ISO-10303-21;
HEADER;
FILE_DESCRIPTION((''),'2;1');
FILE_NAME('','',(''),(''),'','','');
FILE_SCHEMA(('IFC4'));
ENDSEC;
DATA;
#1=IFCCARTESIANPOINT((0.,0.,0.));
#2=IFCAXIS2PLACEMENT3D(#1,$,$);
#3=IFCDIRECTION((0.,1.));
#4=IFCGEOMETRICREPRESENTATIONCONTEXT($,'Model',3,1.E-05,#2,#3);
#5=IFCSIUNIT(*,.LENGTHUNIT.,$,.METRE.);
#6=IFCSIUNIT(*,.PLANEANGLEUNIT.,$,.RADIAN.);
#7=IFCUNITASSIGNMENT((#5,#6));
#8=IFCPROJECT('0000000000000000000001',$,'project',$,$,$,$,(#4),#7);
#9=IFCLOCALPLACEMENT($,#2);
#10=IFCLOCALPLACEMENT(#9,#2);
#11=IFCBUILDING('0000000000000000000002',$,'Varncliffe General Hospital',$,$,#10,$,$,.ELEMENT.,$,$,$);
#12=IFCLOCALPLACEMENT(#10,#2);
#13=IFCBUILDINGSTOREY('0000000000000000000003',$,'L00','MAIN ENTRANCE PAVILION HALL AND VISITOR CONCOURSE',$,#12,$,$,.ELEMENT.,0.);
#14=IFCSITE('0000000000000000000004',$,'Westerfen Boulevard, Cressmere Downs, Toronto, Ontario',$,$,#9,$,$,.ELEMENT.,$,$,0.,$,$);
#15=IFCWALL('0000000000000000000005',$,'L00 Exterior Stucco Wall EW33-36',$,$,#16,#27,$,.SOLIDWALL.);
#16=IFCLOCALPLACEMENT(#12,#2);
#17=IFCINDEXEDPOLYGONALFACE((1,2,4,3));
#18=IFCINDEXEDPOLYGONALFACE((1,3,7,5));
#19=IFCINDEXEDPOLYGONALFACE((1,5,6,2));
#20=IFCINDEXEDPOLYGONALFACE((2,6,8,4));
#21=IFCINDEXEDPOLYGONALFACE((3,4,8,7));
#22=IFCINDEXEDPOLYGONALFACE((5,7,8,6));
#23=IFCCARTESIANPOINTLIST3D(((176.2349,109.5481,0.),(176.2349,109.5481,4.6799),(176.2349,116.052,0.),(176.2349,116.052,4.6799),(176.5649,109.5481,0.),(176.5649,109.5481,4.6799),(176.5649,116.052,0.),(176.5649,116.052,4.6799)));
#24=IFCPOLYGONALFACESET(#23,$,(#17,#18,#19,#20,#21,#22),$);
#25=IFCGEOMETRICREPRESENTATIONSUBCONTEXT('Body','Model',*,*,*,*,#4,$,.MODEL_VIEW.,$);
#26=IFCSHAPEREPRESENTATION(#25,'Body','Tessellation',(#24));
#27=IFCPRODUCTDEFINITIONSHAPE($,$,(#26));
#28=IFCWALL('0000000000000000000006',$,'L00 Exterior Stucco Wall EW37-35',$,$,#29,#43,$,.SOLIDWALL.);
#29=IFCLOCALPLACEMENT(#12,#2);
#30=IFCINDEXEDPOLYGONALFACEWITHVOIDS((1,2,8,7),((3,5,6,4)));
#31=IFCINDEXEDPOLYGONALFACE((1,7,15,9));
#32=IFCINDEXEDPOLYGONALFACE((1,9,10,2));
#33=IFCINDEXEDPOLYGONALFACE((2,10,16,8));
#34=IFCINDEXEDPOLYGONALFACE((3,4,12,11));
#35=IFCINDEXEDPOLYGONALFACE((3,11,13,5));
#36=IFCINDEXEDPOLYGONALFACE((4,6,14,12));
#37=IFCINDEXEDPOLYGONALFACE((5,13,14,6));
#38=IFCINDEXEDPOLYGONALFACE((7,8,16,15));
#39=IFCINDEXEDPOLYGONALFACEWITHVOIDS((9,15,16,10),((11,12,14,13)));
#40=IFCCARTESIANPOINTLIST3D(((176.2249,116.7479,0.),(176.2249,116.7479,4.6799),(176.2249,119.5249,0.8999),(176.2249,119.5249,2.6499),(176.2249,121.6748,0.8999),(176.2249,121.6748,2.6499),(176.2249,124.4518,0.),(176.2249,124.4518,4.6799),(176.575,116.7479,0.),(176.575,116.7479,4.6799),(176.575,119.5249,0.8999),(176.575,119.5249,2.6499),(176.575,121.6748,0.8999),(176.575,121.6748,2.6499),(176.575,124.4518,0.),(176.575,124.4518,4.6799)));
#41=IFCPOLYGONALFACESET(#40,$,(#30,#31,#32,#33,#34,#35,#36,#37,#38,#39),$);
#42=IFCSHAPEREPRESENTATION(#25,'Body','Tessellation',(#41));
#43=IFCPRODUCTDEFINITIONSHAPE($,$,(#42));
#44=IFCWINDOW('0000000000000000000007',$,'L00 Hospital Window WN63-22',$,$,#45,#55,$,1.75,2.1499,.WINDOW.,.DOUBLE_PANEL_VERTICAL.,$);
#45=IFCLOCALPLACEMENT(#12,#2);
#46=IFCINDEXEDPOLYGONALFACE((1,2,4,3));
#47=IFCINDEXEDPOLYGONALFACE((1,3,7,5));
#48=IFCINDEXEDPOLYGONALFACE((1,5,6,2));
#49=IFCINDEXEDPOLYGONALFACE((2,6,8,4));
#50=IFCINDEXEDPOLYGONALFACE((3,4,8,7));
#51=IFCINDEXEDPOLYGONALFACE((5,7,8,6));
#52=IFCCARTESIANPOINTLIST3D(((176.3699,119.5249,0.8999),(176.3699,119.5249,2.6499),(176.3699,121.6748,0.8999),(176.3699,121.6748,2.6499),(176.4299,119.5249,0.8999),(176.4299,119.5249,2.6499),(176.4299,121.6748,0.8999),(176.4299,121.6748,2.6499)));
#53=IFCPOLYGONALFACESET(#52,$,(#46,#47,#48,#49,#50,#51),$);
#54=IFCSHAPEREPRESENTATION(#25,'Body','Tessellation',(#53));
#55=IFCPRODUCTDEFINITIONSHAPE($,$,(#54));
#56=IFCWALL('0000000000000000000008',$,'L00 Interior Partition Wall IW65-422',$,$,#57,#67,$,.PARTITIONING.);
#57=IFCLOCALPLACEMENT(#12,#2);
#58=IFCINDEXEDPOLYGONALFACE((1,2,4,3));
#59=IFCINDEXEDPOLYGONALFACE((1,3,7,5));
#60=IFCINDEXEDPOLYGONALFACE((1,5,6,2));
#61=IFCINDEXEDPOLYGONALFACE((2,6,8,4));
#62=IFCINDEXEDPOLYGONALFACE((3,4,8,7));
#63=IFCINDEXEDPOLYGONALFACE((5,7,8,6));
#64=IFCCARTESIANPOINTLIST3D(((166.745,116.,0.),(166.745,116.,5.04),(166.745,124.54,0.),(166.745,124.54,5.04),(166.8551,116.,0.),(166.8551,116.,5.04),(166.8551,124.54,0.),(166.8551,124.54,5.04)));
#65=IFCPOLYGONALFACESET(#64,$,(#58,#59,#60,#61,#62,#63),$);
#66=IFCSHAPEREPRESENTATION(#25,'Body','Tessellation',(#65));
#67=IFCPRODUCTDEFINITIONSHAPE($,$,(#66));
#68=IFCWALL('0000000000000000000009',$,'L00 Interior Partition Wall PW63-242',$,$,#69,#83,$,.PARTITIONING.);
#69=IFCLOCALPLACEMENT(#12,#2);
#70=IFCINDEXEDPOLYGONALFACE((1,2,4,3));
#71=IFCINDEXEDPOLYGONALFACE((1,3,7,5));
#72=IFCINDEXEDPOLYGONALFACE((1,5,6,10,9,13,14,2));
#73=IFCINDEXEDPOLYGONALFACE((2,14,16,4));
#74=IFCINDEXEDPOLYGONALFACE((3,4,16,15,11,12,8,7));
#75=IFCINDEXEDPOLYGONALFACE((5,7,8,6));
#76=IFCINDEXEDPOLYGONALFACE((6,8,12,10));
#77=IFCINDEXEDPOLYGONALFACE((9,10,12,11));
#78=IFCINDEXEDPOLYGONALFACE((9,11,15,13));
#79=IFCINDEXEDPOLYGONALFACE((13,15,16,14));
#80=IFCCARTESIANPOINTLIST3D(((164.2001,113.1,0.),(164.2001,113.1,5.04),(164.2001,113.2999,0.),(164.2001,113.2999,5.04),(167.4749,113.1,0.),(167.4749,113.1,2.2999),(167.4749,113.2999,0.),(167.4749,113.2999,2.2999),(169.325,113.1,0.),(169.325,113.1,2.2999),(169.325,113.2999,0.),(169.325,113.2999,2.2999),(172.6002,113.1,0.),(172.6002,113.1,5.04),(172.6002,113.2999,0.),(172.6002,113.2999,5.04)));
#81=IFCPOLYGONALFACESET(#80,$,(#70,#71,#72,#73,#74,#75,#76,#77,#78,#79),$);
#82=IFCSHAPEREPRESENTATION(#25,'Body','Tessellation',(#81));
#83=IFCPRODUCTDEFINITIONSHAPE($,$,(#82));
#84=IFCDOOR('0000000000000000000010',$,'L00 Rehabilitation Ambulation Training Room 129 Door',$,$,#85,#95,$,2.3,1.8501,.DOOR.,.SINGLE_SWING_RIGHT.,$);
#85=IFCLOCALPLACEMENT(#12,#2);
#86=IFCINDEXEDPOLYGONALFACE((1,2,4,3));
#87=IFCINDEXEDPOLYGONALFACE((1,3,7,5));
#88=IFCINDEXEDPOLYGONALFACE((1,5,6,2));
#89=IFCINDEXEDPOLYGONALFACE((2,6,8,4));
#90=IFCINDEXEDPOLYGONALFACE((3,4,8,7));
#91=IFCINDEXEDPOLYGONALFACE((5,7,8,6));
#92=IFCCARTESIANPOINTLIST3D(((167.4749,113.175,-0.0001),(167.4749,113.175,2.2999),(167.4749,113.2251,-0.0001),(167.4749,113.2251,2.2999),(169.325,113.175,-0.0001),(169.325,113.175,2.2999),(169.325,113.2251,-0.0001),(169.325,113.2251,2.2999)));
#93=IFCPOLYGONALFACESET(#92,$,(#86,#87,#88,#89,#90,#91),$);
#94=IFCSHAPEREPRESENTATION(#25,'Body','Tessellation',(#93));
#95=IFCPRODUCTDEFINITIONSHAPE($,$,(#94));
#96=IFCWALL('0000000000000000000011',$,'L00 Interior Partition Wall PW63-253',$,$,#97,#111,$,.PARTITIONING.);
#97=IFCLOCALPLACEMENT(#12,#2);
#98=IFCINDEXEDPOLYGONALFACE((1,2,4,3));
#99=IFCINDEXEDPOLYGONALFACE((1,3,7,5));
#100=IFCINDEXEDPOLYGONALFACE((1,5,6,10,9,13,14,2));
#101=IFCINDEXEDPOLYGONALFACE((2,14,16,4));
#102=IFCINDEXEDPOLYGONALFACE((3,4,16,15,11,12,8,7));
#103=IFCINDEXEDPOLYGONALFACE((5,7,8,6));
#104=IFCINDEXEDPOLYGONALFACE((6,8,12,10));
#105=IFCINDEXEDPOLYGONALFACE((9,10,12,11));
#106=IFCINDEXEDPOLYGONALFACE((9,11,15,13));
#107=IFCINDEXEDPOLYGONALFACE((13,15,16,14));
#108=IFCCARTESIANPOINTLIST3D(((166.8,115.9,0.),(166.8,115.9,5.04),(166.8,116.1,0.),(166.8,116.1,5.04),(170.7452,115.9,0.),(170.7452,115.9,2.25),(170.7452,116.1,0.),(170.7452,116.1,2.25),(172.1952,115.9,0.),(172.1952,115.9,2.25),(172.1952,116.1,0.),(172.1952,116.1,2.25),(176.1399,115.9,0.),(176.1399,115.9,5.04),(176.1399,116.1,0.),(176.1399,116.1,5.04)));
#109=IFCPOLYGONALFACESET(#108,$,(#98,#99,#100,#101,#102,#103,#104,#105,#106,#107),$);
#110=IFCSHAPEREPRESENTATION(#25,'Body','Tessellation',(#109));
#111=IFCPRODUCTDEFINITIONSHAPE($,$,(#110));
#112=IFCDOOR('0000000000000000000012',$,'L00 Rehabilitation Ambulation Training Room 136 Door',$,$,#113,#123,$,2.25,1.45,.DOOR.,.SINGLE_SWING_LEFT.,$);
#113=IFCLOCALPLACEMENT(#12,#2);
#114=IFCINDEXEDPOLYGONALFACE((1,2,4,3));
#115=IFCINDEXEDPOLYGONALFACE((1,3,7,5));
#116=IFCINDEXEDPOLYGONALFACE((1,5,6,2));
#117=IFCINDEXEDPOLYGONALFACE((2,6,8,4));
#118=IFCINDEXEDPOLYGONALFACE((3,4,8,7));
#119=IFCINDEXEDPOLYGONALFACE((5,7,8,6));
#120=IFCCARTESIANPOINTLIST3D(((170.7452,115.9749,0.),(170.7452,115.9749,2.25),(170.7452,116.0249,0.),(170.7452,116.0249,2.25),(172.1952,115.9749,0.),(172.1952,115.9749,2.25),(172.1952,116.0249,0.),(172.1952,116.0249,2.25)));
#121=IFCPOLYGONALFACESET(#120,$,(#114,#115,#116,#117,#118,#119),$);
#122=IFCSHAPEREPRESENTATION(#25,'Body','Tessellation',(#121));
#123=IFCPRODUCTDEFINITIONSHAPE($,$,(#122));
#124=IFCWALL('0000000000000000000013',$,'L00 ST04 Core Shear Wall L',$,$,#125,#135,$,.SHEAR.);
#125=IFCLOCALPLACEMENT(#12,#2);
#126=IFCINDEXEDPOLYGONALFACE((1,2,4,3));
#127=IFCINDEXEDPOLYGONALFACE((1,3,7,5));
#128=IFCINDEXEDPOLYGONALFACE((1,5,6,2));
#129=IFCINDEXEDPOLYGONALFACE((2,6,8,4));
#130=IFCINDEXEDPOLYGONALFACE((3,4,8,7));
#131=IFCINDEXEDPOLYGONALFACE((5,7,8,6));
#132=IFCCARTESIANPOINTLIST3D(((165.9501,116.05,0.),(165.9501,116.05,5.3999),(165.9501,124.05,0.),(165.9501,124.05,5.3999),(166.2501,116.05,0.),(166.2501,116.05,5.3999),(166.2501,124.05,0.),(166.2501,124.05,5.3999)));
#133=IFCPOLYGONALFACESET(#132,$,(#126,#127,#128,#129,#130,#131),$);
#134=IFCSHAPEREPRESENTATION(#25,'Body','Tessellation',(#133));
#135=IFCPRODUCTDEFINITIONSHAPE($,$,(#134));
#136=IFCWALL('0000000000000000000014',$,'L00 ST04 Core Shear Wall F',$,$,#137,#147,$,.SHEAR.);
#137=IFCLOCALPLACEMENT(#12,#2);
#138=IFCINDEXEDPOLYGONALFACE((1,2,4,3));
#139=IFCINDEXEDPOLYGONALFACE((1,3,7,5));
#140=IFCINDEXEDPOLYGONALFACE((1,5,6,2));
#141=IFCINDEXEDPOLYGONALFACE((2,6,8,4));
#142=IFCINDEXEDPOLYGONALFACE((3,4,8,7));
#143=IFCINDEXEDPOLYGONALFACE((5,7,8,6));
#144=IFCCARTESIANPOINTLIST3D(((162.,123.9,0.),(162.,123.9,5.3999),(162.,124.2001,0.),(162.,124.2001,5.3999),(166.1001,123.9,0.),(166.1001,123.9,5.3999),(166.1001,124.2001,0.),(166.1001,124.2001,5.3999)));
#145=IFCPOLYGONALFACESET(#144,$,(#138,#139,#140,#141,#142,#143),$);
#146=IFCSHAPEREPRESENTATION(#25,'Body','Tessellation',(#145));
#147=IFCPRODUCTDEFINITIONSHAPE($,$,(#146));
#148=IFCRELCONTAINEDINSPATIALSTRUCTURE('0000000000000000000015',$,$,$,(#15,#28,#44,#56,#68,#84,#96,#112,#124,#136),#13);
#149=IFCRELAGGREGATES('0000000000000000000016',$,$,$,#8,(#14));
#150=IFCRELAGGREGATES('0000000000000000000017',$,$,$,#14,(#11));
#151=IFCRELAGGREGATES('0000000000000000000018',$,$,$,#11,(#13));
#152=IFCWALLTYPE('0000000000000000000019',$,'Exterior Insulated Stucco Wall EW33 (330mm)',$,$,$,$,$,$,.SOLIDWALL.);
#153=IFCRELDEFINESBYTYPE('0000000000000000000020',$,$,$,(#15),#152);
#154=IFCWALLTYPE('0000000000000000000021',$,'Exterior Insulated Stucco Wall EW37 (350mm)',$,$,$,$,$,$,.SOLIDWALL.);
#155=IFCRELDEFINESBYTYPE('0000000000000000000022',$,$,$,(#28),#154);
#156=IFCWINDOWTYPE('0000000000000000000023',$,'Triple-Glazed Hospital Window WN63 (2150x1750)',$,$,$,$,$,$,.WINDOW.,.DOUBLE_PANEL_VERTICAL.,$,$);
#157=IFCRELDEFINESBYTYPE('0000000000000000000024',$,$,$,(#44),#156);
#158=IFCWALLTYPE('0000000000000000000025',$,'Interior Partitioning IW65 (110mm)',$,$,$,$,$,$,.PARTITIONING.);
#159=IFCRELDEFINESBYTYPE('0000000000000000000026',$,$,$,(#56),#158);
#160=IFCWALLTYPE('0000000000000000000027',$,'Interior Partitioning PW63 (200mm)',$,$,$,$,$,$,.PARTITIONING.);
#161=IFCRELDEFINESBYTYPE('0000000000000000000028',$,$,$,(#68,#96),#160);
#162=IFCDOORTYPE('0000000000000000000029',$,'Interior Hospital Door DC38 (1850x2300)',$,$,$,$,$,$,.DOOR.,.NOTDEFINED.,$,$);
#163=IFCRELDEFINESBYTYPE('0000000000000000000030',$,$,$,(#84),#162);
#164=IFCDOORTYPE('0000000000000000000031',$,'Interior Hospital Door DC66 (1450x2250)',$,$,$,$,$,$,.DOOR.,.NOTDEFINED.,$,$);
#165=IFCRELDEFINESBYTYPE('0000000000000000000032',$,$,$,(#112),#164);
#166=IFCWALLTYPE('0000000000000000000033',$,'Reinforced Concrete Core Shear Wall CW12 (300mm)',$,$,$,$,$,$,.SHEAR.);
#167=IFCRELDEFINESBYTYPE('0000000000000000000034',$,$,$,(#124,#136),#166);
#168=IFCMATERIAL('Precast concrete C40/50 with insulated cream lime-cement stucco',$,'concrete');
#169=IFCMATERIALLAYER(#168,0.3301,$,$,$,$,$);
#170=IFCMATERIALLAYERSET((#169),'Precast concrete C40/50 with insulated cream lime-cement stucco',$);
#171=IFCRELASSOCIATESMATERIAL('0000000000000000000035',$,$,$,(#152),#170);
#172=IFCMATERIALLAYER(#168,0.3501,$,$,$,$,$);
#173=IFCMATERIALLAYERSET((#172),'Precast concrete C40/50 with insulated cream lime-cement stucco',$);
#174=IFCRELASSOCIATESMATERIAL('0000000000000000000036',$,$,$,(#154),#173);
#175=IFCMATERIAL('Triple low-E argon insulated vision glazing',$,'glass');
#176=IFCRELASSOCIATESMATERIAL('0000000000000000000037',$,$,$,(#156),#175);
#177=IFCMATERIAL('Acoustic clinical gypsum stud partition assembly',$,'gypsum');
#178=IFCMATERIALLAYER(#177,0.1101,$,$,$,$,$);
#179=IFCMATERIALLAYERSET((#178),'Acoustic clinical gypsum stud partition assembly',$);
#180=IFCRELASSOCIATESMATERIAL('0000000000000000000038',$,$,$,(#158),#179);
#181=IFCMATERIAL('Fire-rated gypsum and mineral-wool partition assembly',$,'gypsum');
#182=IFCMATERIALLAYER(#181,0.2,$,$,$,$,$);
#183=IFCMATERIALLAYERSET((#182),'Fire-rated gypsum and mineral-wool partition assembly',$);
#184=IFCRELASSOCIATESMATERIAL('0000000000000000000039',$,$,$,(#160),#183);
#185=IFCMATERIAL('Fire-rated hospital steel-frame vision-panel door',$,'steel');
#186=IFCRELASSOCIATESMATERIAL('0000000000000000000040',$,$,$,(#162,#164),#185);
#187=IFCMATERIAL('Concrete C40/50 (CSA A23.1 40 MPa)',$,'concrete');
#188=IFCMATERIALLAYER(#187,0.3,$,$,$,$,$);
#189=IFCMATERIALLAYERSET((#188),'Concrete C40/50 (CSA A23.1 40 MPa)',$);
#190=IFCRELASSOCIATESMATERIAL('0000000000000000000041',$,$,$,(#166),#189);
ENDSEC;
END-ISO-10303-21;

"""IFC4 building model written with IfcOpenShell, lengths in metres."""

from ifc_helpers import new_model, si_unit, direction, frame, frame_2d, origin, place, context, subcontext, project, spatial, rectangle, extrude, material, layer, layer_set, type_object, element, fill, save


model = new_model("IFC4")

# Units and contexts
model_context = context("Model", 3, precision=1e-05, world=origin(), true_north=direction((0.0, 1.0)))
body_context = subcontext(model_context, "Body", "Model", "MODEL_VIEW")
ifc_project = project(units=[si_unit("LENGTHUNIT", "METRE"), si_unit("PLANEANGLEUNIT", "RADIAN")], contexts=[model_context])

# Site, building, storey
site_placement = place(None, origin())
site = spatial("IfcSite", under=ifc_project, at=site_placement, Name="Westerfen Boulevard, Cressmere Downs, Toronto, Ontario", CompositionType="ELEMENT", RefElevation=0.0)
building_placement = place(site_placement, origin())
building = spatial("IfcBuilding", under=site, at=building_placement, Name="Varncliffe General Hospital", CompositionType="ELEMENT")
storey_placement = place(building_placement, origin())
storey = spatial("IfcBuildingStorey", under=building, at=storey_placement, Name="L00", Description="MAIN ENTRANCE PAVILION HALL AND VISITOR CONCOURSE", CompositionType="ELEMENT", Elevation=0.0)

# Shared definitions
ifc_material_1 = material(Name="Concrete C40/50 (CSA A23.1 40 MPa)", Category="concrete")

# Shared definitions
ifc_material_2 = material(Name="Precast concrete C40/50 with insulated cream lime-cement stucco", Category="concrete")
ifc_material_3 = material(Name="Triple low-E argon insulated vision glazing", Category="glass")

# Wall
ifc_layer_1 = layer(ifc_material_2, 0.3301)
ifc_layer_set_1 = layer_set([ifc_layer_1], Name="Precast concrete C40/50 with insulated cream lime-cement stucco")
wall_type_1 = type_object("IfcWallType", Name="Exterior Insulated Stucco Wall EW33 (330mm)", PredefinedType="SOLIDWALL", material=ifc_layer_set_1)
wall_1_placement = place(storey_placement, frame((176.3999, 116.052, 0.0), z_axis=(0.0, 0.0, 1.0), x_axis=(0.0, -1.0, 0.0)))
element("IfcWall", 1, at=wall_1_placement, inside=storey, type_object=wall_type_1, Name="L00 Exterior Stucco Wall EW33-36", PredefinedType="SOLIDWALL", context=body_context, shape_type="SweptSolid", body=[
    extrude(rectangle(XDim=6.5039, YDim=0.3301, at=frame_2d((3.252, 0.0))), origin(), (0.0, 0.0, 1.0), 4.6799),
])

# Wall, opening, window
ifc_layer_2 = layer(ifc_material_2, 0.3501)
ifc_layer_set_2 = layer_set([ifc_layer_2], Name="Precast concrete C40/50 with insulated cream lime-cement stucco")
wall_type_2 = type_object("IfcWallType", Name="Exterior Insulated Stucco Wall EW37 (350mm)", PredefinedType="SOLIDWALL", material=ifc_layer_set_2)
wall_2_placement = place(storey_placement, frame((176.3999, 124.4519, 0.0), z_axis=(0.0, 0.0, 1.0), x_axis=(0.0, -1.0, 0.0)))
wall_2 = element("IfcWall", 2, at=wall_2_placement, inside=storey, type_object=wall_type_2, Name="L00 Exterior Stucco Wall EW37-35", PredefinedType="SOLIDWALL", context=body_context, shape_type="SweptSolid", body=[
    extrude(rectangle(XDim=7.7039, YDim=0.3501, at=frame_2d((3.8521, 0.0))), origin(), (0.0, 0.0, 1.0), 4.6799),
])
opening_1_placement = place(wall_2_placement, frame((2.7771, 0.0, 0.8999)))
opening_1 = element("IfcOpeningElement", 3, at=opening_1_placement, cuts=wall_2, PredefinedType="OPENING", context=body_context, shape_type="SweptSolid", body=[
    extrude(rectangle(XDim=2.1499, YDim=1.75, at=frame_2d((1.075, 0.875))), frame((0.0, 0.1851, 0.0), z_axis=(0.0, -1.0, 0.0), x_axis=(1.0, 0.0, 0.0)), (0.0, 0.0, 1.0), 0.3701),
])
window_type_1 = type_object("IfcWindowType", Name="Triple-Glazed Hospital Window WN63 (2150x1750)", PartitioningType="DOUBLE_PANEL_VERTICAL", PredefinedType="WINDOW", material=ifc_material_3)
window_1_placement = place(opening_1_placement, origin())
window_1 = element("IfcWindow", 4, at=window_1_placement, inside=storey, type_object=window_type_1, Name="L00 Hospital Window WN63-22", OverallHeight=1.75, OverallWidth=2.1499, PartitioningType="DOUBLE_PANEL_VERTICAL", PredefinedType="WINDOW", context=body_context, shape_type="SweptSolid", body=[
    extrude(rectangle(XDim=2.1499, YDim=1.75, at=frame_2d((1.075, 0.875))), frame((0.0, 0.03, 0.0), z_axis=(0.0, -1.0, 0.0), x_axis=(1.0, 0.0, 0.0)), (0.0, 0.0, 1.0), 0.0601),
])
fill(opening_1, window_1)

# Wall
ifc_material_4 = material(Name="Acoustic clinical gypsum stud partition assembly", Category="gypsum")
ifc_layer_3 = layer(ifc_material_4, 0.1101)
ifc_layer_set_3 = layer_set([ifc_layer_3], Name="Acoustic clinical gypsum stud partition assembly")
wall_type_3 = type_object("IfcWallType", Name="Interior Partitioning IW65 (110mm)", PredefinedType="PARTITIONING", material=ifc_layer_set_3)
wall_3_placement = place(storey_placement, frame((166.8, 116.0, 0.0), z_axis=(0.0, 0.0, 1.0), x_axis=(0.0, 1.0, 0.0)))
element("IfcWall", 5, at=wall_3_placement, inside=storey, type_object=wall_type_3, Name="L00 Interior Partition Wall IW65-422", PredefinedType="PARTITIONING", context=body_context, shape_type="SweptSolid", body=[
    extrude(rectangle(XDim=8.54, YDim=0.1101, at=frame_2d((4.27, 0.0))), origin(), (0.0, 0.0, 1.0), 5.04),
])

# Walls, openings, doors
ifc_material_5 = material(Name="Fire-rated gypsum and mineral-wool partition assembly", Category="gypsum")
ifc_material_6 = material(Name="Fire-rated hospital steel-frame vision-panel door", Category="steel")
ifc_layer_4 = layer(ifc_material_5, 0.2)
ifc_layer_set_4 = layer_set([ifc_layer_4], Name="Fire-rated gypsum and mineral-wool partition assembly")
wall_type_4 = type_object("IfcWallType", Name="Interior Partitioning PW63 (200mm)", PredefinedType="PARTITIONING", material=ifc_layer_set_4)
wall_4_placement = place(storey_placement, frame((164.2, 113.2, 0.0), z_axis=(0.0, 0.0, 1.0), x_axis=(1.0, 0.0, 0.0)))
wall_4 = element("IfcWall", 6, at=wall_4_placement, inside=storey, type_object=wall_type_4, Name="L00 Interior Partition Wall PW63-242", PredefinedType="PARTITIONING", context=body_context, shape_type="SweptSolid", body=[
    extrude(rectangle(XDim=8.4001, YDim=0.2, at=frame_2d((4.2002, 0.0))), origin(), (0.0, 0.0, 1.0), 5.04),
])
opening_2_placement = place(wall_4_placement, frame((3.2749, 0.0, 0.0)))
opening_2 = element("IfcOpeningElement", 7, at=opening_2_placement, cuts=wall_4, PredefinedType="OPENING", context=body_context, shape_type="SweptSolid", body=[
    extrude(rectangle(XDim=1.8501, YDim=2.3, at=frame_2d((0.925, 1.1499))), frame((0.0, 0.1099, 0.0), z_axis=(0.0, -1.0, 0.0), x_axis=(1.0, 0.0, 0.0)), (0.0, 0.0, 1.0), 0.22),
])
door_type_1 = type_object("IfcDoorType", Name="Interior Hospital Door DC38 (1850x2300)", OperationType="NOTDEFINED", PredefinedType="DOOR", material=ifc_material_6)
door_1_placement = place(opening_2_placement, frame((1.8501, 0.0, 0.0), z_axis=(0.0, 0.0, 1.0), x_axis=(-1.0, 0.0, 0.0)))
door_1 = element("IfcDoor", 8, at=door_1_placement, inside=storey, type_object=door_type_1, Name="L00 Rehabilitation Ambulation Training Room 129 Door", OperationType="SINGLE_SWING_RIGHT", OverallHeight=2.3, OverallWidth=1.8501, PredefinedType="DOOR", context=body_context, shape_type="SweptSolid", body=[
    extrude(rectangle(XDim=1.8501, YDim=2.3, at=frame_2d((0.925, 1.1499))), frame((0.0, 0.0249, 0.0), z_axis=(0.0, -1.0, 0.0), x_axis=(1.0, 0.0, 0.0)), (0.0, 0.0, 1.0), 0.05),
])
fill(opening_2, door_1)
wall_5_placement = place(storey_placement, frame((166.8, 116.0, 0.0), z_axis=(0.0, 0.0, 1.0), x_axis=(1.0, 0.0, 0.0)))
wall_5 = element("IfcWall", 9, at=wall_5_placement, inside=storey, type_object=wall_type_4, Name="L00 Interior Partition Wall PW63-253", PredefinedType="PARTITIONING", context=body_context, shape_type="SweptSolid", body=[
    extrude(rectangle(XDim=9.3398, YDim=0.2, at=frame_2d((4.6699, 0.0))), origin(), (0.0, 0.0, 1.0), 5.04),
])
opening_3_placement = place(wall_5_placement, frame((3.9451, 0.0, 0.0)))
opening_3 = element("IfcOpeningElement", 10, at=opening_3_placement, cuts=wall_5, PredefinedType="OPENING", context=body_context, shape_type="SweptSolid", body=[
    extrude(rectangle(XDim=1.45, YDim=2.25, at=frame_2d((0.7251, 1.125))), frame((0.0, 0.1099, 0.0), z_axis=(0.0, -1.0, 0.0), x_axis=(1.0, 0.0, 0.0)), (0.0, 0.0, 1.0), 0.22),
])
door_type_2 = type_object("IfcDoorType", Name="Interior Hospital Door DC66 (1450x2250)", OperationType="NOTDEFINED", PredefinedType="DOOR", material=ifc_material_6)
door_2_placement = place(opening_3_placement, origin())
door_2 = element("IfcDoor", 11, at=door_2_placement, inside=storey, type_object=door_type_2, Name="L00 Rehabilitation Ambulation Training Room 136 Door", OperationType="SINGLE_SWING_LEFT", OverallHeight=2.25, OverallWidth=1.45, PredefinedType="DOOR", context=body_context, shape_type="SweptSolid", body=[
    extrude(rectangle(XDim=1.45, YDim=2.25, at=frame_2d((0.7251, 1.125))), frame((0.0, 0.0249, 0.0), z_axis=(0.0, -1.0, 0.0), x_axis=(1.0, 0.0, 0.0)), (0.0, 0.0, 1.0), 0.05),
])
fill(opening_3, door_2)

# Walls
ifc_layer_5 = layer(ifc_material_1, 0.3)
ifc_layer_set_5 = layer_set([ifc_layer_5], Name="Concrete C40/50 (CSA A23.1 40 MPa)")
wall_type_5 = type_object("IfcWallType", Name="Reinforced Concrete Core Shear Wall CW12 (300mm)", PredefinedType="SHEAR", material=ifc_layer_set_5)
wall_6_placement = place(storey_placement, frame((166.1001, 116.05, 0.0), z_axis=(0.0, 0.0, 1.0), x_axis=(0.0, 1.0, 0.0)))
element("IfcWall", 12, at=wall_6_placement, inside=storey, type_object=wall_type_5, Name="L00 ST04 Core Shear Wall L", PredefinedType="SHEAR", context=body_context, shape_type="SweptSolid", body=[
    extrude(rectangle(XDim=8.0, YDim=0.3, at=frame_2d((4.0, 0.0))), origin(), (0.0, 0.0, 1.0), 5.3999),
])
wall_7_placement = place(storey_placement, frame((166.1001, 124.05, 0.0), z_axis=(0.0, 0.0, 1.0), x_axis=(-1.0, 0.0, 0.0)))
element("IfcWall", 13, at=wall_7_placement, inside=storey, type_object=wall_type_5, Name="L00 ST04 Core Shear Wall F", PredefinedType="SHEAR", context=body_context, shape_type="SweptSolid", body=[
    extrude(rectangle(XDim=4.1001, YDim=0.3, at=frame_2d((2.05, 0.0))), origin(), (0.0, 0.0, 1.0), 5.3999),
])

save(model, "model.ifc")
